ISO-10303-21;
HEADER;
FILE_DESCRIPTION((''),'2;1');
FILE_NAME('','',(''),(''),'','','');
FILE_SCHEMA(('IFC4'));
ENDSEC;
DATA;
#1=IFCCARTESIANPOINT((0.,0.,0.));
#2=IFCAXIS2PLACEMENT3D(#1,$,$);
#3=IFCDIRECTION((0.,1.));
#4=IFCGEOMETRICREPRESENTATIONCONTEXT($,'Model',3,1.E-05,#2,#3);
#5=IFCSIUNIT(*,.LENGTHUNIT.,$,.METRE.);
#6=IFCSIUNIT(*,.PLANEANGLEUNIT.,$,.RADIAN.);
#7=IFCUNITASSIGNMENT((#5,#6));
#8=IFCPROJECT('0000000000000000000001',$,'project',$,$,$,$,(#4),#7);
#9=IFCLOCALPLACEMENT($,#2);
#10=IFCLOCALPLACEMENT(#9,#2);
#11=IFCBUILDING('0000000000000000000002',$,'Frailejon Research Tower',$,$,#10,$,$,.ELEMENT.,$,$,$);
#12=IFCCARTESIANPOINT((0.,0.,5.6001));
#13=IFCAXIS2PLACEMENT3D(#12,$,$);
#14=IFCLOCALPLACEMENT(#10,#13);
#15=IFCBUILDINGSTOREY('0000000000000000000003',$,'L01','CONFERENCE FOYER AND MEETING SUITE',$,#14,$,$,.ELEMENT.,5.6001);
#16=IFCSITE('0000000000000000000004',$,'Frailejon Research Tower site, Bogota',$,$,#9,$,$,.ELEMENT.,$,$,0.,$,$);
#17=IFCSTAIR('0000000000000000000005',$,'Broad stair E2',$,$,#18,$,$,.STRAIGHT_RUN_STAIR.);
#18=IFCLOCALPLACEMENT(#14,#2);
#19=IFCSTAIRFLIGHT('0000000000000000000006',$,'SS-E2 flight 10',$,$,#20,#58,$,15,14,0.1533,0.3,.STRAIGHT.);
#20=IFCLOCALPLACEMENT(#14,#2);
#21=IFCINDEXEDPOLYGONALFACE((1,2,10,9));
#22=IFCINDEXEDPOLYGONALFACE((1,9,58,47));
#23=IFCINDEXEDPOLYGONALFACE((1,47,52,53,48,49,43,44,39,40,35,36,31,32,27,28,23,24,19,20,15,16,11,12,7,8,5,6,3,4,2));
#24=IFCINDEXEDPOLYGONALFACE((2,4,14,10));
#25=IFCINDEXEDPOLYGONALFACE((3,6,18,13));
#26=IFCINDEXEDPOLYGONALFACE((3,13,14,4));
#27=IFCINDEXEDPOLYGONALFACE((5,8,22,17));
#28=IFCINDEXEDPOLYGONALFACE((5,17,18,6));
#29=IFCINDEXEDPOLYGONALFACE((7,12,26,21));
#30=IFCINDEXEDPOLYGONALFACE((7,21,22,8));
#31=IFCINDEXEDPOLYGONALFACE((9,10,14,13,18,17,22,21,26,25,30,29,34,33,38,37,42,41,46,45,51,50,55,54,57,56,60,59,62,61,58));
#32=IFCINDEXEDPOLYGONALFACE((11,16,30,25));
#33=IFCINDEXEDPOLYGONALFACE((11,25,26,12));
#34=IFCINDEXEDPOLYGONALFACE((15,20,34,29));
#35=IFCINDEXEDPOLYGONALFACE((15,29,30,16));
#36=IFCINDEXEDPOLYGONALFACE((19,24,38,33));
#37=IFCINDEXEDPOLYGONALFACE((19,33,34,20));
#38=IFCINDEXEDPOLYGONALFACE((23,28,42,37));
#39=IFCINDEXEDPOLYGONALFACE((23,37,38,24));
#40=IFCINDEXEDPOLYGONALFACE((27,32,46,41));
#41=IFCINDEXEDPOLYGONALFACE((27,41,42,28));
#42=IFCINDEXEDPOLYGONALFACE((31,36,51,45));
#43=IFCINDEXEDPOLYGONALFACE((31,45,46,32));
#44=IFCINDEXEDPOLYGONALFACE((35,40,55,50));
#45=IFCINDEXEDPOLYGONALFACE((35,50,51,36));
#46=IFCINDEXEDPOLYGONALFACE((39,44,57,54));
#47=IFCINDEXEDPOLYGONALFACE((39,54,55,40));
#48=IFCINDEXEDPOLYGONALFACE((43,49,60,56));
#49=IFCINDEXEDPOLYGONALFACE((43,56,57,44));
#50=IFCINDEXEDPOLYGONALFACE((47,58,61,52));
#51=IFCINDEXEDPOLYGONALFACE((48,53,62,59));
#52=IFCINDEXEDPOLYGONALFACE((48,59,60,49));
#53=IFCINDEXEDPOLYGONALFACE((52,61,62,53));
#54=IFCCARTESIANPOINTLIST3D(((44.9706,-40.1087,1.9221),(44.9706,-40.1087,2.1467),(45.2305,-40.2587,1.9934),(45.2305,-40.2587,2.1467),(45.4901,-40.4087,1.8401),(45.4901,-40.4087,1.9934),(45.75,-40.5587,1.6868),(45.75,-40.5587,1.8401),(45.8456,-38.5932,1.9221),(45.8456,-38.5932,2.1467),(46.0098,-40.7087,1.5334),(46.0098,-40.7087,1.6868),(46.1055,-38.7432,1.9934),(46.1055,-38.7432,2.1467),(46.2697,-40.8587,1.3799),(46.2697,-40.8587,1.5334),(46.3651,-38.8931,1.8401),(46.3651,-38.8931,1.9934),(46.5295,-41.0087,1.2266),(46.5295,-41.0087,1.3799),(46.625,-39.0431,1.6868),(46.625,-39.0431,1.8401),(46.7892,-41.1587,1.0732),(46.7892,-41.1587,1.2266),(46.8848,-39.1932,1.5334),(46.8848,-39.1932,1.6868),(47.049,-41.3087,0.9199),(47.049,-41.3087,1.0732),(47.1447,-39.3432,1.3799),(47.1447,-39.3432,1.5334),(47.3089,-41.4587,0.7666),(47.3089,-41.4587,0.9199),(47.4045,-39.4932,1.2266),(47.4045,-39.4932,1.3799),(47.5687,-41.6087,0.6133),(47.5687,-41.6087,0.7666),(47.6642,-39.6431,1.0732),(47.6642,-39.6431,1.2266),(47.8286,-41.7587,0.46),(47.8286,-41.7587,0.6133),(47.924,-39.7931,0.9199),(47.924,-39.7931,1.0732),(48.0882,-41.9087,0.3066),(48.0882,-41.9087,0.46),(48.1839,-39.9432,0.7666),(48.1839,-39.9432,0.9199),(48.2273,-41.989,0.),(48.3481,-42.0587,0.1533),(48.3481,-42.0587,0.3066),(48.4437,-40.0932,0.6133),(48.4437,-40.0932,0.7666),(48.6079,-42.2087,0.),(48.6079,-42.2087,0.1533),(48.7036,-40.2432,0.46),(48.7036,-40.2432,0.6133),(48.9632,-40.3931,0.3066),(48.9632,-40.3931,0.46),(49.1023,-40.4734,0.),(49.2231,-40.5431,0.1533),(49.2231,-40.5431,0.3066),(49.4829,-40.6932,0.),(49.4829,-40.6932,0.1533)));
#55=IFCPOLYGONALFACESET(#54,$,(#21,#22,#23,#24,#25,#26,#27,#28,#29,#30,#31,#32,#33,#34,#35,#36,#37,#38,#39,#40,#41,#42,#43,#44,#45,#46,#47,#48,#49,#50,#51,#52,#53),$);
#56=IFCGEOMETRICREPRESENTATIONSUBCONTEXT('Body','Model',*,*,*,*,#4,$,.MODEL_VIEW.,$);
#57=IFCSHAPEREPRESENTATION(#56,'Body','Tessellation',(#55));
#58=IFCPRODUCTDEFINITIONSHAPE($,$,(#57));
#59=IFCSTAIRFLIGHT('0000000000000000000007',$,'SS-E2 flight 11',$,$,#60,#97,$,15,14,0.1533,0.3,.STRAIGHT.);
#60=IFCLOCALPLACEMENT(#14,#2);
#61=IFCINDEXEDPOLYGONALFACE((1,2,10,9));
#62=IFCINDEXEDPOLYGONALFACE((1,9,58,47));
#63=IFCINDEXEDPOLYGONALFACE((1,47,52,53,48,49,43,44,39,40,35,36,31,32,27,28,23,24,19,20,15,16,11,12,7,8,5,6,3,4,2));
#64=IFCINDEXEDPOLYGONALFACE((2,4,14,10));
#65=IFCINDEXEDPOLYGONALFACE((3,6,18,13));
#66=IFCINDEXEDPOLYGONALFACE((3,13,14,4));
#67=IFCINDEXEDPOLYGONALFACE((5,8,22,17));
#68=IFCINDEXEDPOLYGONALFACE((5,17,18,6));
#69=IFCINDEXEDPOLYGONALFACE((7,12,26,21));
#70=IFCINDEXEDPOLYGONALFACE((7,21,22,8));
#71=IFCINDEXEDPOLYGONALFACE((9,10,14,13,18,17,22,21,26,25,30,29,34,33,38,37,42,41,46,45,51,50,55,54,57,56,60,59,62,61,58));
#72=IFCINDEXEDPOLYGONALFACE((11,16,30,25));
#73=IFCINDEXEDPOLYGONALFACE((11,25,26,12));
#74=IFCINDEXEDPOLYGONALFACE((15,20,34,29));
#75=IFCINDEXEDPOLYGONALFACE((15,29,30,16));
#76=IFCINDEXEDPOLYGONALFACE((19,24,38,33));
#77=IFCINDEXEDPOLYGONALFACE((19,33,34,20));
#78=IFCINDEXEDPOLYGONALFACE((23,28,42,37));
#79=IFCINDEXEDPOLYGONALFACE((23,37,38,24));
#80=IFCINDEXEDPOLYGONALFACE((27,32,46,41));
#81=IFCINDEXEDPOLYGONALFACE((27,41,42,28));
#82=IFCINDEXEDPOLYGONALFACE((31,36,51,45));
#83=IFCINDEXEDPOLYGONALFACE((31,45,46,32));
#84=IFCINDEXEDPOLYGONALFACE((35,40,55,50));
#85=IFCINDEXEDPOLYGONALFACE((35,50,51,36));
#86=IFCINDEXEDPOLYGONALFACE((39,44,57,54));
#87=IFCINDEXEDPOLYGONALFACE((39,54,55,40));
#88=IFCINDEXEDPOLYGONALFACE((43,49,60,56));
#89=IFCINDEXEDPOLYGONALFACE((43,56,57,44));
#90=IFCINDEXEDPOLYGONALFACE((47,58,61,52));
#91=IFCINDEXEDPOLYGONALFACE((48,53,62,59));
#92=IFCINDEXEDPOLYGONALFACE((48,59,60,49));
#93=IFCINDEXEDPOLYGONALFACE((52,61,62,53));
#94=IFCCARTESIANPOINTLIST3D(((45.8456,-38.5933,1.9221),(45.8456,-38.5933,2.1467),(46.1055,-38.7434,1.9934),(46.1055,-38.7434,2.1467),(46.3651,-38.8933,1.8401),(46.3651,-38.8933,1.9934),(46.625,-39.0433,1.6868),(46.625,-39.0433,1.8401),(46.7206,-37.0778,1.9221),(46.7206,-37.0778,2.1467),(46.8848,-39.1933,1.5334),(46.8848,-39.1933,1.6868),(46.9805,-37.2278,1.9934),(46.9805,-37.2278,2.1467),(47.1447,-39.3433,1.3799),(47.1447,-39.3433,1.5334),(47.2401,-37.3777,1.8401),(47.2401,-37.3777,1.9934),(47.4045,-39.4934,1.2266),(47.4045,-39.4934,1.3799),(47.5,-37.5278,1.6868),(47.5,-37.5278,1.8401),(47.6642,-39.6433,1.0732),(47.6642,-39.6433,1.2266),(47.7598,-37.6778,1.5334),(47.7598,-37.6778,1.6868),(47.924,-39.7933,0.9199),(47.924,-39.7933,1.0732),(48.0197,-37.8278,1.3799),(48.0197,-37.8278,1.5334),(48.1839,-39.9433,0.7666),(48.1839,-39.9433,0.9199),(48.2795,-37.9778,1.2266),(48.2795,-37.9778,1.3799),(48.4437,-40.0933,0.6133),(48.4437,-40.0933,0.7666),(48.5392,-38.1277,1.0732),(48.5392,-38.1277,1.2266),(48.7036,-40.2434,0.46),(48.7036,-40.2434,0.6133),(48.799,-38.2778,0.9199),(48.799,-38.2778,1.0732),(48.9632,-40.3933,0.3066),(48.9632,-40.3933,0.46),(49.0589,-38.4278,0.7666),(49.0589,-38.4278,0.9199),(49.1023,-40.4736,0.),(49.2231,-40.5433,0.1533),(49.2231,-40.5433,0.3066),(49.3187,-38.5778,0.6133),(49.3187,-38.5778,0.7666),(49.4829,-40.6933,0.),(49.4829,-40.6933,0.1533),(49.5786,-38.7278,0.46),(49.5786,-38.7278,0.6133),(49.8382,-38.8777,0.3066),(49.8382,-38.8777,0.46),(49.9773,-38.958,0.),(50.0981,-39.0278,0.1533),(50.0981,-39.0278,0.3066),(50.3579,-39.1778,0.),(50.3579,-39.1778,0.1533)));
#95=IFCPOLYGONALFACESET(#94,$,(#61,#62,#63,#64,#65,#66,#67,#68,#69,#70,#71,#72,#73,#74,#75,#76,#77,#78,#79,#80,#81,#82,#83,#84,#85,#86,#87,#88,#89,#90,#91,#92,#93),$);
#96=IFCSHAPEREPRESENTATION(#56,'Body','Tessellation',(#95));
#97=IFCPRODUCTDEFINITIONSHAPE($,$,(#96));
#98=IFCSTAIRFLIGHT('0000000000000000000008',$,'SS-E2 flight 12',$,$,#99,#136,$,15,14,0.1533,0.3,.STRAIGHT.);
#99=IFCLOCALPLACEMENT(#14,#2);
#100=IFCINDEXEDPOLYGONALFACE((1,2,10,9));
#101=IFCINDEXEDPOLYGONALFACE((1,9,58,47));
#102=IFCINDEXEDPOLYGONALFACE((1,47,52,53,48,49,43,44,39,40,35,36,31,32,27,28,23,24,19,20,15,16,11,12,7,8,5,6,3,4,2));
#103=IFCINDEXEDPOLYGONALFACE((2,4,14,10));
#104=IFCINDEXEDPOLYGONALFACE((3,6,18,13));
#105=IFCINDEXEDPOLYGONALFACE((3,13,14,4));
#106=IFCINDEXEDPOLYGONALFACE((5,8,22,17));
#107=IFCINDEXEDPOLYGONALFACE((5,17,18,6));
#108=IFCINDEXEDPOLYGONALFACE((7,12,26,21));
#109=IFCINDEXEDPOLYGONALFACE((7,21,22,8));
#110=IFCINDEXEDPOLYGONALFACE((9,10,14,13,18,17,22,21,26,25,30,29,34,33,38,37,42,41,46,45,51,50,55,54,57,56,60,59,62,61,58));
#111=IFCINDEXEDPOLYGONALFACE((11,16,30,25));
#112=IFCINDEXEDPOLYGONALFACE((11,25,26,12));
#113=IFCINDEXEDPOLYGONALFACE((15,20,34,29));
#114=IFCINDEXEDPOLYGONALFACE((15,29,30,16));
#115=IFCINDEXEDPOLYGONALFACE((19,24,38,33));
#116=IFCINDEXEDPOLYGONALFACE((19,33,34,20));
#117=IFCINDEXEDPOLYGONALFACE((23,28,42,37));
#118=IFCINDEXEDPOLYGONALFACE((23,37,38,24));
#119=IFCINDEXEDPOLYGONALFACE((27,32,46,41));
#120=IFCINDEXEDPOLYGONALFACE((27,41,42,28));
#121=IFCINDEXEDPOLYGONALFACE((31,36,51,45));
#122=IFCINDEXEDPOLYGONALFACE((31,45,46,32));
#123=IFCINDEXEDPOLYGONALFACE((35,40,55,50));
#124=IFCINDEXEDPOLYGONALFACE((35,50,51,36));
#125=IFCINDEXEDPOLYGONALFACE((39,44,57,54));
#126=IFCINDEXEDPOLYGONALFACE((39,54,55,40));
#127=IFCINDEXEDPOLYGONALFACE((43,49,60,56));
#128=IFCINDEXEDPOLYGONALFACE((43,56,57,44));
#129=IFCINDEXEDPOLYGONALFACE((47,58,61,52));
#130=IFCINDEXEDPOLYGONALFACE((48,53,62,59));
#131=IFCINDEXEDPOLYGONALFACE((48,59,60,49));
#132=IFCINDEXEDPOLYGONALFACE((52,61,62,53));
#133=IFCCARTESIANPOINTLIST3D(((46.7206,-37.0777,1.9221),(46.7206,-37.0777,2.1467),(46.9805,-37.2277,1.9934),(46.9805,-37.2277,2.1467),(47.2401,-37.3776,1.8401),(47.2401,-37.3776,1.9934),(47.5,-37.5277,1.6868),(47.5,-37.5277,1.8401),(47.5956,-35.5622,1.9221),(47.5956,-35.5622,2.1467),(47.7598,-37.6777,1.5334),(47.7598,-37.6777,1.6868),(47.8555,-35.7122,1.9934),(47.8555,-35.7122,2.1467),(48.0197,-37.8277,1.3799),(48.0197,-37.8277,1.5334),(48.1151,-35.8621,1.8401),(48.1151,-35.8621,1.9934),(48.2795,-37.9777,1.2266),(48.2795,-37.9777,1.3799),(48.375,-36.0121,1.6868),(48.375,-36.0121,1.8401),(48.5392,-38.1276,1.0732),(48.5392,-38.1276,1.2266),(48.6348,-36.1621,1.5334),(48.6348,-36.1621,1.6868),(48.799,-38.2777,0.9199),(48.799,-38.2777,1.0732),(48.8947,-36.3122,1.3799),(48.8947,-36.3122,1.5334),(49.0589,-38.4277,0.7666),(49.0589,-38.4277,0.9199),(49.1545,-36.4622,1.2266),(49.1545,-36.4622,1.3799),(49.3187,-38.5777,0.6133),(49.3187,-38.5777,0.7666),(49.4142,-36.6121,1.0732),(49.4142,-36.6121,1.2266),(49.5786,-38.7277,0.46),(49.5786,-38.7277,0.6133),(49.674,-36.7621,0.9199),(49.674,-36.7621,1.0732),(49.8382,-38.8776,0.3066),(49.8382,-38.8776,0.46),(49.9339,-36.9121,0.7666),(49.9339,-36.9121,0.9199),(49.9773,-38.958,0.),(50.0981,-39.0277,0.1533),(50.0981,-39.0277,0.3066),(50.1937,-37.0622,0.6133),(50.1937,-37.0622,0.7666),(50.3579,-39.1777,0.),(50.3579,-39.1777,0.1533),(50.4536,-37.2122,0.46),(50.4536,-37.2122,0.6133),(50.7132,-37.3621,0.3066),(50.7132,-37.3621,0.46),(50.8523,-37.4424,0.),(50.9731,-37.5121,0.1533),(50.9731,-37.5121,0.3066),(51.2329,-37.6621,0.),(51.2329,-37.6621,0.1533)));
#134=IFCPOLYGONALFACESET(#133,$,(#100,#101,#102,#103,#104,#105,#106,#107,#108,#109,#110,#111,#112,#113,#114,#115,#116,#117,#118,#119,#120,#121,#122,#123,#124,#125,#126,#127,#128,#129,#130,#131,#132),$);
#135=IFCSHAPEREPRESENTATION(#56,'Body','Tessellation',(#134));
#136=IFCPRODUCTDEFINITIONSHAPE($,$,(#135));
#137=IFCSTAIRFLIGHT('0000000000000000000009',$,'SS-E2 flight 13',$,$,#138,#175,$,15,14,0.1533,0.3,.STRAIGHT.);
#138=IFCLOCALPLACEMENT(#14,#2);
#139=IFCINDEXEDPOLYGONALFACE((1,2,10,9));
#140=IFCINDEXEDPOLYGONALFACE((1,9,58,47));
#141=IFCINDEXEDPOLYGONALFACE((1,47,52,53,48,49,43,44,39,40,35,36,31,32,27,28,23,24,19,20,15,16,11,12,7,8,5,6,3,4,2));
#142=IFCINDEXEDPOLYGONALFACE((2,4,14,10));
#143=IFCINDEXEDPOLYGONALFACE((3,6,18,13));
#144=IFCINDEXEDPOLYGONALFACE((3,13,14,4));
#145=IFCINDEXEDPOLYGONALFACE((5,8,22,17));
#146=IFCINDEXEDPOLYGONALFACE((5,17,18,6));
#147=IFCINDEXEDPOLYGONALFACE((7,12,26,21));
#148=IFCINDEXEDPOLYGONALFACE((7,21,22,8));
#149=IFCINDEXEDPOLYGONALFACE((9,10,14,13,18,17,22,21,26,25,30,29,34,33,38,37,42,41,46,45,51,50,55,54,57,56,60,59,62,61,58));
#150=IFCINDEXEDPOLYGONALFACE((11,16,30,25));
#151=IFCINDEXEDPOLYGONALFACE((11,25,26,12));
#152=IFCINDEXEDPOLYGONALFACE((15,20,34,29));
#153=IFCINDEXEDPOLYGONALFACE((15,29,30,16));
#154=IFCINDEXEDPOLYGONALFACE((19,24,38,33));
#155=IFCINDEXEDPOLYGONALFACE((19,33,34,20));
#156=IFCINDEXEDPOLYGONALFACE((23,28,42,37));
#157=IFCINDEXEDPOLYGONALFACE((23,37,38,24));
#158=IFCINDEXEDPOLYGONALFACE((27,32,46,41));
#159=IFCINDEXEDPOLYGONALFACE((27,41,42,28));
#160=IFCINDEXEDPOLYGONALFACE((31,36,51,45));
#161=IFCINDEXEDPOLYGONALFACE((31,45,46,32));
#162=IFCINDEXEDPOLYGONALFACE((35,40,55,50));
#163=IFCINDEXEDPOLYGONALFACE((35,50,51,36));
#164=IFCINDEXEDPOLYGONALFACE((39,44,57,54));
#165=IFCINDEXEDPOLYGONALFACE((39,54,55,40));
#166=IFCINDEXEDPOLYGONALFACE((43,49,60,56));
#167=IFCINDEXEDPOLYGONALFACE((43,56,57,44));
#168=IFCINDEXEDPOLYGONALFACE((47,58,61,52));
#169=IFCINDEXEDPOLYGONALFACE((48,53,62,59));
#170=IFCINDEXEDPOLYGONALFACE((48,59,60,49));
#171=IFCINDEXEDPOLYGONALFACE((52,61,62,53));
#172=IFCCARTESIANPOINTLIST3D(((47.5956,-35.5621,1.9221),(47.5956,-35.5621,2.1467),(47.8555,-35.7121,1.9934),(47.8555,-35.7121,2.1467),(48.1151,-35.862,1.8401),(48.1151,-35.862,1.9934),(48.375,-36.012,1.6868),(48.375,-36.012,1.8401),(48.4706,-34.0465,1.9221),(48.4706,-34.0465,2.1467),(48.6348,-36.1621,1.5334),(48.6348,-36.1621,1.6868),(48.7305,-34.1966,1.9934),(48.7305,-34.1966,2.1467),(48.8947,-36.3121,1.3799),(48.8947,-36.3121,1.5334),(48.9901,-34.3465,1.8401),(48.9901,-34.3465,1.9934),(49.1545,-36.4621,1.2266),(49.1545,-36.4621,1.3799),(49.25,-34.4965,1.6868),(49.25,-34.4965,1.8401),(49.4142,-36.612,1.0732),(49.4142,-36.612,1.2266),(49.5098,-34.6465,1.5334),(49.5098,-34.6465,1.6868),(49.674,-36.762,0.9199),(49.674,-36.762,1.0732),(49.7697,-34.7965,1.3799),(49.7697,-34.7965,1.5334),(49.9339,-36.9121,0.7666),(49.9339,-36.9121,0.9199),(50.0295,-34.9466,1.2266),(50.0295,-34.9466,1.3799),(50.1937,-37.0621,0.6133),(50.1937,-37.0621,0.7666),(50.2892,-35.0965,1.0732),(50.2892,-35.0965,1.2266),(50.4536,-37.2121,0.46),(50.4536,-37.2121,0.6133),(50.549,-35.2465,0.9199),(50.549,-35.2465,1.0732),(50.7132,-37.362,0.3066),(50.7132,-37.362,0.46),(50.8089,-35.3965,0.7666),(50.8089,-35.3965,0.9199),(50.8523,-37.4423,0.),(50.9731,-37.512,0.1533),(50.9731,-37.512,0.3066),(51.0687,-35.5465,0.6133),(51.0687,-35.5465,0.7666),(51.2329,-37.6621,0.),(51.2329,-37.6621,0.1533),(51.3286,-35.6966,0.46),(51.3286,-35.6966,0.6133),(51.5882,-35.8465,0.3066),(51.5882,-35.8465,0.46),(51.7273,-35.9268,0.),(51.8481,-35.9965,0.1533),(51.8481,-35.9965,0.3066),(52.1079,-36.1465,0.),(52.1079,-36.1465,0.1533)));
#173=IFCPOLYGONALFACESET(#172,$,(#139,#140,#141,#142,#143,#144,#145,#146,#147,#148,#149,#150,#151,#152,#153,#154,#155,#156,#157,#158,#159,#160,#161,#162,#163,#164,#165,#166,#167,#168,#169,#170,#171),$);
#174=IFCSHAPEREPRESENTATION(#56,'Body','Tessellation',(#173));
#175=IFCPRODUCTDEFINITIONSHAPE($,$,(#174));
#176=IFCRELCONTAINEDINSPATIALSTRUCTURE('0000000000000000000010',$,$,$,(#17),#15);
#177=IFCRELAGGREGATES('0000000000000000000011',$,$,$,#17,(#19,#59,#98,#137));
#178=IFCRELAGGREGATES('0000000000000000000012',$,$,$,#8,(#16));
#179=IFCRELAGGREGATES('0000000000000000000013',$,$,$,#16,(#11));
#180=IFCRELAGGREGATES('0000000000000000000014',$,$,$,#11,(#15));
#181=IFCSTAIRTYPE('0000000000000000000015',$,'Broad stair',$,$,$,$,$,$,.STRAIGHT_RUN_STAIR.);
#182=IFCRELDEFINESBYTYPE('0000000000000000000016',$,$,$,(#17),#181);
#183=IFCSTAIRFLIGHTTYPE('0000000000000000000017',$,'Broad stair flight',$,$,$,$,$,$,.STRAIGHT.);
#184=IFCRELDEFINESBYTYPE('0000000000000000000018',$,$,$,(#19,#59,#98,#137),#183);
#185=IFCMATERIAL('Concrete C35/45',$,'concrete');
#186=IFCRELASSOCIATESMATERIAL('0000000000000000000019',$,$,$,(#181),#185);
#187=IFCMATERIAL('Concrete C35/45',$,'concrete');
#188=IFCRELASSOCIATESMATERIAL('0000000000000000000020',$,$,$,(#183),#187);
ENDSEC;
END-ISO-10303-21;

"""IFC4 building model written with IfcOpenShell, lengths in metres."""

from ifc_helpers import new_model, si_unit, direction, frame, origin, place, context, subcontext, project, spatial, polyline, outline, extrude, material, type_object, element, aggregate, save


model = new_model("IFC4")

# Units and contexts
model_context = context("Model", 3, precision=1e-05, world=origin(), true_north=direction((0.0, 1.0)))
body_context = subcontext(model_context, "Body", "Model", "MODEL_VIEW")
ifc_project = project(units=[si_unit("LENGTHUNIT", "METRE"), si_unit("PLANEANGLEUNIT", "RADIAN")], contexts=[model_context])

# Site, building, storey
site_placement = place(None, origin())
site = spatial("IfcSite", under=ifc_project, at=site_placement, Name="Frailejon Research Tower site, Bogota", CompositionType="ELEMENT", RefElevation=0.0)
building_placement = place(site_placement, origin())
building = spatial("IfcBuilding", under=site, at=building_placement, Name="Frailejon Research Tower", CompositionType="ELEMENT")
storey_placement = place(building_placement, frame((0.0, 0.0, 5.6001)))
storey = spatial("IfcBuildingStorey", under=building, at=storey_placement, Name="L01", Description="CONFERENCE FOYER AND MEETING SUITE", CompositionType="ELEMENT", Elevation=5.6001)

# Stair, stair flights
ifc_material_1 = material(Name="Concrete C35/45", Category="concrete")
stair_type = type_object("IfcStairType", Name="Broad stair", PredefinedType="STRAIGHT_RUN_STAIR", material=ifc_material_1)
stair_placement = place(storey_placement, origin())
stair = element("IfcStair", 1, at=stair_placement, inside=storey, type_object=stair_type, Name="Broad stair E2", PredefinedType="STRAIGHT_RUN_STAIR")
ifc_material_2 = material(Name="Concrete C35/45", Category="concrete")
stair_flight_type = type_object("IfcStairFlightType", Name="Broad stair flight", PredefinedType="STRAIGHT", material=ifc_material_2)
stair_flight_1_placement = place(storey_placement, frame((49.0454, -41.4509, 0.0), z_axis=(0.0, 0.0, 1.0), x_axis=(-0.866025, 0.5, 0.0)))
stair_flight_1 = element("IfcStairFlight", 2, at=stair_flight_1_placement, type_object=stair_flight_type, Name="SS-E2 flight 10", NumberOfRisers=15, NumberOfTreads=14, PredefinedType="STRAIGHT", RiserHeight=0.1533, TreadLength=0.3, context=body_context, shape_type="SweptSolid", body=[
    extrude(outline(polyline([(0.0, 0.0), (0.0, 0.1533), (0.3, 0.1533), (0.3, 0.3066), (0.6001, 0.3066), (0.6001, 0.46), (0.8999, 0.46), (0.8999, 0.6133), (1.2, 0.6133), (1.2, 0.7666), (1.5, 0.7666), (1.5, 0.9199), (1.8, 0.9199), (1.8, 1.0732), (2.1001, 1.0732), (2.1001, 1.2266), (2.3999, 1.2266), (2.3999, 1.3799), (2.7, 1.3799), (2.7, 1.5334), (3.0, 1.5334), (3.0, 1.6868), (3.3, 1.6868), (3.3, 1.8401), (3.6001, 1.8401), (3.6001, 1.9934), (3.8999, 1.9934), (3.8999, 2.1467), (4.2, 2.1467), (4.2, 2.3), (4.2, 1.9221), (0.4395, 0.0), (0.0, 0.0)])), frame((0.0, 0.875, 0.0), z_axis=(0.0, -1.0, 0.0), x_axis=(1.0, 0.0, 0.0)), (0.0, 0.0, 1.0), 1.75),
])
stair_flight_2_placement = place(storey_placement, frame((49.9204, -39.9355, 0.0), z_axis=(0.0, 0.0, 1.0), x_axis=(-0.866025, 0.5, 0.0)))
stair_flight_2 = element("IfcStairFlight", 3, at=stair_flight_2_placement, type_object=stair_flight_type, Name="SS-E2 flight 11", NumberOfRisers=15, NumberOfTreads=14, PredefinedType="STRAIGHT", RiserHeight=0.1533, TreadLength=0.3, context=body_context, shape_type="SweptSolid", body=[
    extrude(outline(polyline([(0.0, 0.0), (0.0, 0.1533), (0.3, 0.1533), (0.3, 0.3066), (0.6001, 0.3066), (0.6001, 0.46), (0.8999, 0.46), (0.8999, 0.6133), (1.2, 0.6133), (1.2, 0.7666), (1.5, 0.7666), (1.5, 0.9199), (1.8, 0.9199), (1.8, 1.0732), (2.1001, 1.0732), (2.1001, 1.2266), (2.3999, 1.2266), (2.3999, 1.3799), (2.7, 1.3799), (2.7, 1.5334), (3.0, 1.5334), (3.0, 1.6868), (3.3, 1.6868), (3.3, 1.8401), (3.6001, 1.8401), (3.6001, 1.9934), (3.8999, 1.9934), (3.8999, 2.1467), (4.2, 2.1467), (4.2, 2.3), (4.2, 1.9221), (0.4395, 0.0), (0.0, 0.0)])), frame((0.0, 0.875, 0.0), z_axis=(0.0, -1.0, 0.0), x_axis=(1.0, 0.0, 0.0)), (0.0, 0.0, 1.0), 1.75),
])
stair_flight_3_placement = place(storey_placement, frame((50.7954, -38.4199, 0.0), z_axis=(0.0, 0.0, 1.0), x_axis=(-0.866025, 0.5, 0.0)))
stair_flight_3 = element("IfcStairFlight", 4, at=stair_flight_3_placement, type_object=stair_flight_type, Name="SS-E2 flight 12", NumberOfRisers=15, NumberOfTreads=14, PredefinedType="STRAIGHT", RiserHeight=0.1533, TreadLength=0.3, context=body_context, shape_type="SweptSolid", body=[
    extrude(outline(polyline([(0.0, 0.0), (0.0, 0.1533), (0.3, 0.1533), (0.3, 0.3066), (0.6001, 0.3066), (0.6001, 0.46), (0.8999, 0.46), (0.8999, 0.6133), (1.2, 0.6133), (1.2, 0.7666), (1.5, 0.7666), (1.5, 0.9199), (1.8, 0.9199), (1.8, 1.0732), (2.1001, 1.0732), (2.1001, 1.2266), (2.3999, 1.2266), (2.3999, 1.3799), (2.7, 1.3799), (2.7, 1.5334), (3.0, 1.5334), (3.0, 1.6868), (3.3, 1.6868), (3.3, 1.8401), (3.6001, 1.8401), (3.6001, 1.9934), (3.8999, 1.9934), (3.8999, 2.1467), (4.2, 2.1467), (4.2, 2.3), (4.2, 1.9221), (0.4395, 0.0), (0.0, 0.0)])), frame((0.0, 0.875, 0.0), z_axis=(0.0, -1.0, 0.0), x_axis=(1.0, 0.0, 0.0)), (0.0, 0.0, 1.0), 1.75),
])
stair_flight_4_placement = place(storey_placement, frame((51.6704, -36.9043, 0.0), z_axis=(0.0, 0.0, 1.0), x_axis=(-0.866025, 0.5, 0.0)))
stair_flight_4 = element("IfcStairFlight", 5, at=stair_flight_4_placement, type_object=stair_flight_type, Name="SS-E2 flight 13", NumberOfRisers=15, NumberOfTreads=14, PredefinedType="STRAIGHT", RiserHeight=0.1533, TreadLength=0.3, context=body_context, shape_type="SweptSolid", body=[
    extrude(outline(polyline([(0.0, 0.0), (0.0, 0.1533), (0.3, 0.1533), (0.3, 0.3066), (0.6001, 0.3066), (0.6001, 0.46), (0.8999, 0.46), (0.8999, 0.6133), (1.2, 0.6133), (1.2, 0.7666), (1.5, 0.7666), (1.5, 0.9199), (1.8, 0.9199), (1.8, 1.0732), (2.1001, 1.0732), (2.1001, 1.2266), (2.3999, 1.2266), (2.3999, 1.3799), (2.7, 1.3799), (2.7, 1.5334), (3.0, 1.5334), (3.0, 1.6868), (3.3, 1.6868), (3.3, 1.8401), (3.6001, 1.8401), (3.6001, 1.9934), (3.8999, 1.9934), (3.8999, 2.1467), (4.2, 2.1467), (4.2, 2.3), (4.2, 1.9221), (0.4395, 0.0), (0.0, 0.0)])), frame((0.0, 0.875, 0.0), z_axis=(0.0, -1.0, 0.0), x_axis=(1.0, 0.0, 0.0)), (0.0, 0.0, 1.0), 1.75),
])
aggregate(stair, [stair_flight_1, stair_flight_2, stair_flight_3, stair_flight_4])

save(model, "model.ifc")
